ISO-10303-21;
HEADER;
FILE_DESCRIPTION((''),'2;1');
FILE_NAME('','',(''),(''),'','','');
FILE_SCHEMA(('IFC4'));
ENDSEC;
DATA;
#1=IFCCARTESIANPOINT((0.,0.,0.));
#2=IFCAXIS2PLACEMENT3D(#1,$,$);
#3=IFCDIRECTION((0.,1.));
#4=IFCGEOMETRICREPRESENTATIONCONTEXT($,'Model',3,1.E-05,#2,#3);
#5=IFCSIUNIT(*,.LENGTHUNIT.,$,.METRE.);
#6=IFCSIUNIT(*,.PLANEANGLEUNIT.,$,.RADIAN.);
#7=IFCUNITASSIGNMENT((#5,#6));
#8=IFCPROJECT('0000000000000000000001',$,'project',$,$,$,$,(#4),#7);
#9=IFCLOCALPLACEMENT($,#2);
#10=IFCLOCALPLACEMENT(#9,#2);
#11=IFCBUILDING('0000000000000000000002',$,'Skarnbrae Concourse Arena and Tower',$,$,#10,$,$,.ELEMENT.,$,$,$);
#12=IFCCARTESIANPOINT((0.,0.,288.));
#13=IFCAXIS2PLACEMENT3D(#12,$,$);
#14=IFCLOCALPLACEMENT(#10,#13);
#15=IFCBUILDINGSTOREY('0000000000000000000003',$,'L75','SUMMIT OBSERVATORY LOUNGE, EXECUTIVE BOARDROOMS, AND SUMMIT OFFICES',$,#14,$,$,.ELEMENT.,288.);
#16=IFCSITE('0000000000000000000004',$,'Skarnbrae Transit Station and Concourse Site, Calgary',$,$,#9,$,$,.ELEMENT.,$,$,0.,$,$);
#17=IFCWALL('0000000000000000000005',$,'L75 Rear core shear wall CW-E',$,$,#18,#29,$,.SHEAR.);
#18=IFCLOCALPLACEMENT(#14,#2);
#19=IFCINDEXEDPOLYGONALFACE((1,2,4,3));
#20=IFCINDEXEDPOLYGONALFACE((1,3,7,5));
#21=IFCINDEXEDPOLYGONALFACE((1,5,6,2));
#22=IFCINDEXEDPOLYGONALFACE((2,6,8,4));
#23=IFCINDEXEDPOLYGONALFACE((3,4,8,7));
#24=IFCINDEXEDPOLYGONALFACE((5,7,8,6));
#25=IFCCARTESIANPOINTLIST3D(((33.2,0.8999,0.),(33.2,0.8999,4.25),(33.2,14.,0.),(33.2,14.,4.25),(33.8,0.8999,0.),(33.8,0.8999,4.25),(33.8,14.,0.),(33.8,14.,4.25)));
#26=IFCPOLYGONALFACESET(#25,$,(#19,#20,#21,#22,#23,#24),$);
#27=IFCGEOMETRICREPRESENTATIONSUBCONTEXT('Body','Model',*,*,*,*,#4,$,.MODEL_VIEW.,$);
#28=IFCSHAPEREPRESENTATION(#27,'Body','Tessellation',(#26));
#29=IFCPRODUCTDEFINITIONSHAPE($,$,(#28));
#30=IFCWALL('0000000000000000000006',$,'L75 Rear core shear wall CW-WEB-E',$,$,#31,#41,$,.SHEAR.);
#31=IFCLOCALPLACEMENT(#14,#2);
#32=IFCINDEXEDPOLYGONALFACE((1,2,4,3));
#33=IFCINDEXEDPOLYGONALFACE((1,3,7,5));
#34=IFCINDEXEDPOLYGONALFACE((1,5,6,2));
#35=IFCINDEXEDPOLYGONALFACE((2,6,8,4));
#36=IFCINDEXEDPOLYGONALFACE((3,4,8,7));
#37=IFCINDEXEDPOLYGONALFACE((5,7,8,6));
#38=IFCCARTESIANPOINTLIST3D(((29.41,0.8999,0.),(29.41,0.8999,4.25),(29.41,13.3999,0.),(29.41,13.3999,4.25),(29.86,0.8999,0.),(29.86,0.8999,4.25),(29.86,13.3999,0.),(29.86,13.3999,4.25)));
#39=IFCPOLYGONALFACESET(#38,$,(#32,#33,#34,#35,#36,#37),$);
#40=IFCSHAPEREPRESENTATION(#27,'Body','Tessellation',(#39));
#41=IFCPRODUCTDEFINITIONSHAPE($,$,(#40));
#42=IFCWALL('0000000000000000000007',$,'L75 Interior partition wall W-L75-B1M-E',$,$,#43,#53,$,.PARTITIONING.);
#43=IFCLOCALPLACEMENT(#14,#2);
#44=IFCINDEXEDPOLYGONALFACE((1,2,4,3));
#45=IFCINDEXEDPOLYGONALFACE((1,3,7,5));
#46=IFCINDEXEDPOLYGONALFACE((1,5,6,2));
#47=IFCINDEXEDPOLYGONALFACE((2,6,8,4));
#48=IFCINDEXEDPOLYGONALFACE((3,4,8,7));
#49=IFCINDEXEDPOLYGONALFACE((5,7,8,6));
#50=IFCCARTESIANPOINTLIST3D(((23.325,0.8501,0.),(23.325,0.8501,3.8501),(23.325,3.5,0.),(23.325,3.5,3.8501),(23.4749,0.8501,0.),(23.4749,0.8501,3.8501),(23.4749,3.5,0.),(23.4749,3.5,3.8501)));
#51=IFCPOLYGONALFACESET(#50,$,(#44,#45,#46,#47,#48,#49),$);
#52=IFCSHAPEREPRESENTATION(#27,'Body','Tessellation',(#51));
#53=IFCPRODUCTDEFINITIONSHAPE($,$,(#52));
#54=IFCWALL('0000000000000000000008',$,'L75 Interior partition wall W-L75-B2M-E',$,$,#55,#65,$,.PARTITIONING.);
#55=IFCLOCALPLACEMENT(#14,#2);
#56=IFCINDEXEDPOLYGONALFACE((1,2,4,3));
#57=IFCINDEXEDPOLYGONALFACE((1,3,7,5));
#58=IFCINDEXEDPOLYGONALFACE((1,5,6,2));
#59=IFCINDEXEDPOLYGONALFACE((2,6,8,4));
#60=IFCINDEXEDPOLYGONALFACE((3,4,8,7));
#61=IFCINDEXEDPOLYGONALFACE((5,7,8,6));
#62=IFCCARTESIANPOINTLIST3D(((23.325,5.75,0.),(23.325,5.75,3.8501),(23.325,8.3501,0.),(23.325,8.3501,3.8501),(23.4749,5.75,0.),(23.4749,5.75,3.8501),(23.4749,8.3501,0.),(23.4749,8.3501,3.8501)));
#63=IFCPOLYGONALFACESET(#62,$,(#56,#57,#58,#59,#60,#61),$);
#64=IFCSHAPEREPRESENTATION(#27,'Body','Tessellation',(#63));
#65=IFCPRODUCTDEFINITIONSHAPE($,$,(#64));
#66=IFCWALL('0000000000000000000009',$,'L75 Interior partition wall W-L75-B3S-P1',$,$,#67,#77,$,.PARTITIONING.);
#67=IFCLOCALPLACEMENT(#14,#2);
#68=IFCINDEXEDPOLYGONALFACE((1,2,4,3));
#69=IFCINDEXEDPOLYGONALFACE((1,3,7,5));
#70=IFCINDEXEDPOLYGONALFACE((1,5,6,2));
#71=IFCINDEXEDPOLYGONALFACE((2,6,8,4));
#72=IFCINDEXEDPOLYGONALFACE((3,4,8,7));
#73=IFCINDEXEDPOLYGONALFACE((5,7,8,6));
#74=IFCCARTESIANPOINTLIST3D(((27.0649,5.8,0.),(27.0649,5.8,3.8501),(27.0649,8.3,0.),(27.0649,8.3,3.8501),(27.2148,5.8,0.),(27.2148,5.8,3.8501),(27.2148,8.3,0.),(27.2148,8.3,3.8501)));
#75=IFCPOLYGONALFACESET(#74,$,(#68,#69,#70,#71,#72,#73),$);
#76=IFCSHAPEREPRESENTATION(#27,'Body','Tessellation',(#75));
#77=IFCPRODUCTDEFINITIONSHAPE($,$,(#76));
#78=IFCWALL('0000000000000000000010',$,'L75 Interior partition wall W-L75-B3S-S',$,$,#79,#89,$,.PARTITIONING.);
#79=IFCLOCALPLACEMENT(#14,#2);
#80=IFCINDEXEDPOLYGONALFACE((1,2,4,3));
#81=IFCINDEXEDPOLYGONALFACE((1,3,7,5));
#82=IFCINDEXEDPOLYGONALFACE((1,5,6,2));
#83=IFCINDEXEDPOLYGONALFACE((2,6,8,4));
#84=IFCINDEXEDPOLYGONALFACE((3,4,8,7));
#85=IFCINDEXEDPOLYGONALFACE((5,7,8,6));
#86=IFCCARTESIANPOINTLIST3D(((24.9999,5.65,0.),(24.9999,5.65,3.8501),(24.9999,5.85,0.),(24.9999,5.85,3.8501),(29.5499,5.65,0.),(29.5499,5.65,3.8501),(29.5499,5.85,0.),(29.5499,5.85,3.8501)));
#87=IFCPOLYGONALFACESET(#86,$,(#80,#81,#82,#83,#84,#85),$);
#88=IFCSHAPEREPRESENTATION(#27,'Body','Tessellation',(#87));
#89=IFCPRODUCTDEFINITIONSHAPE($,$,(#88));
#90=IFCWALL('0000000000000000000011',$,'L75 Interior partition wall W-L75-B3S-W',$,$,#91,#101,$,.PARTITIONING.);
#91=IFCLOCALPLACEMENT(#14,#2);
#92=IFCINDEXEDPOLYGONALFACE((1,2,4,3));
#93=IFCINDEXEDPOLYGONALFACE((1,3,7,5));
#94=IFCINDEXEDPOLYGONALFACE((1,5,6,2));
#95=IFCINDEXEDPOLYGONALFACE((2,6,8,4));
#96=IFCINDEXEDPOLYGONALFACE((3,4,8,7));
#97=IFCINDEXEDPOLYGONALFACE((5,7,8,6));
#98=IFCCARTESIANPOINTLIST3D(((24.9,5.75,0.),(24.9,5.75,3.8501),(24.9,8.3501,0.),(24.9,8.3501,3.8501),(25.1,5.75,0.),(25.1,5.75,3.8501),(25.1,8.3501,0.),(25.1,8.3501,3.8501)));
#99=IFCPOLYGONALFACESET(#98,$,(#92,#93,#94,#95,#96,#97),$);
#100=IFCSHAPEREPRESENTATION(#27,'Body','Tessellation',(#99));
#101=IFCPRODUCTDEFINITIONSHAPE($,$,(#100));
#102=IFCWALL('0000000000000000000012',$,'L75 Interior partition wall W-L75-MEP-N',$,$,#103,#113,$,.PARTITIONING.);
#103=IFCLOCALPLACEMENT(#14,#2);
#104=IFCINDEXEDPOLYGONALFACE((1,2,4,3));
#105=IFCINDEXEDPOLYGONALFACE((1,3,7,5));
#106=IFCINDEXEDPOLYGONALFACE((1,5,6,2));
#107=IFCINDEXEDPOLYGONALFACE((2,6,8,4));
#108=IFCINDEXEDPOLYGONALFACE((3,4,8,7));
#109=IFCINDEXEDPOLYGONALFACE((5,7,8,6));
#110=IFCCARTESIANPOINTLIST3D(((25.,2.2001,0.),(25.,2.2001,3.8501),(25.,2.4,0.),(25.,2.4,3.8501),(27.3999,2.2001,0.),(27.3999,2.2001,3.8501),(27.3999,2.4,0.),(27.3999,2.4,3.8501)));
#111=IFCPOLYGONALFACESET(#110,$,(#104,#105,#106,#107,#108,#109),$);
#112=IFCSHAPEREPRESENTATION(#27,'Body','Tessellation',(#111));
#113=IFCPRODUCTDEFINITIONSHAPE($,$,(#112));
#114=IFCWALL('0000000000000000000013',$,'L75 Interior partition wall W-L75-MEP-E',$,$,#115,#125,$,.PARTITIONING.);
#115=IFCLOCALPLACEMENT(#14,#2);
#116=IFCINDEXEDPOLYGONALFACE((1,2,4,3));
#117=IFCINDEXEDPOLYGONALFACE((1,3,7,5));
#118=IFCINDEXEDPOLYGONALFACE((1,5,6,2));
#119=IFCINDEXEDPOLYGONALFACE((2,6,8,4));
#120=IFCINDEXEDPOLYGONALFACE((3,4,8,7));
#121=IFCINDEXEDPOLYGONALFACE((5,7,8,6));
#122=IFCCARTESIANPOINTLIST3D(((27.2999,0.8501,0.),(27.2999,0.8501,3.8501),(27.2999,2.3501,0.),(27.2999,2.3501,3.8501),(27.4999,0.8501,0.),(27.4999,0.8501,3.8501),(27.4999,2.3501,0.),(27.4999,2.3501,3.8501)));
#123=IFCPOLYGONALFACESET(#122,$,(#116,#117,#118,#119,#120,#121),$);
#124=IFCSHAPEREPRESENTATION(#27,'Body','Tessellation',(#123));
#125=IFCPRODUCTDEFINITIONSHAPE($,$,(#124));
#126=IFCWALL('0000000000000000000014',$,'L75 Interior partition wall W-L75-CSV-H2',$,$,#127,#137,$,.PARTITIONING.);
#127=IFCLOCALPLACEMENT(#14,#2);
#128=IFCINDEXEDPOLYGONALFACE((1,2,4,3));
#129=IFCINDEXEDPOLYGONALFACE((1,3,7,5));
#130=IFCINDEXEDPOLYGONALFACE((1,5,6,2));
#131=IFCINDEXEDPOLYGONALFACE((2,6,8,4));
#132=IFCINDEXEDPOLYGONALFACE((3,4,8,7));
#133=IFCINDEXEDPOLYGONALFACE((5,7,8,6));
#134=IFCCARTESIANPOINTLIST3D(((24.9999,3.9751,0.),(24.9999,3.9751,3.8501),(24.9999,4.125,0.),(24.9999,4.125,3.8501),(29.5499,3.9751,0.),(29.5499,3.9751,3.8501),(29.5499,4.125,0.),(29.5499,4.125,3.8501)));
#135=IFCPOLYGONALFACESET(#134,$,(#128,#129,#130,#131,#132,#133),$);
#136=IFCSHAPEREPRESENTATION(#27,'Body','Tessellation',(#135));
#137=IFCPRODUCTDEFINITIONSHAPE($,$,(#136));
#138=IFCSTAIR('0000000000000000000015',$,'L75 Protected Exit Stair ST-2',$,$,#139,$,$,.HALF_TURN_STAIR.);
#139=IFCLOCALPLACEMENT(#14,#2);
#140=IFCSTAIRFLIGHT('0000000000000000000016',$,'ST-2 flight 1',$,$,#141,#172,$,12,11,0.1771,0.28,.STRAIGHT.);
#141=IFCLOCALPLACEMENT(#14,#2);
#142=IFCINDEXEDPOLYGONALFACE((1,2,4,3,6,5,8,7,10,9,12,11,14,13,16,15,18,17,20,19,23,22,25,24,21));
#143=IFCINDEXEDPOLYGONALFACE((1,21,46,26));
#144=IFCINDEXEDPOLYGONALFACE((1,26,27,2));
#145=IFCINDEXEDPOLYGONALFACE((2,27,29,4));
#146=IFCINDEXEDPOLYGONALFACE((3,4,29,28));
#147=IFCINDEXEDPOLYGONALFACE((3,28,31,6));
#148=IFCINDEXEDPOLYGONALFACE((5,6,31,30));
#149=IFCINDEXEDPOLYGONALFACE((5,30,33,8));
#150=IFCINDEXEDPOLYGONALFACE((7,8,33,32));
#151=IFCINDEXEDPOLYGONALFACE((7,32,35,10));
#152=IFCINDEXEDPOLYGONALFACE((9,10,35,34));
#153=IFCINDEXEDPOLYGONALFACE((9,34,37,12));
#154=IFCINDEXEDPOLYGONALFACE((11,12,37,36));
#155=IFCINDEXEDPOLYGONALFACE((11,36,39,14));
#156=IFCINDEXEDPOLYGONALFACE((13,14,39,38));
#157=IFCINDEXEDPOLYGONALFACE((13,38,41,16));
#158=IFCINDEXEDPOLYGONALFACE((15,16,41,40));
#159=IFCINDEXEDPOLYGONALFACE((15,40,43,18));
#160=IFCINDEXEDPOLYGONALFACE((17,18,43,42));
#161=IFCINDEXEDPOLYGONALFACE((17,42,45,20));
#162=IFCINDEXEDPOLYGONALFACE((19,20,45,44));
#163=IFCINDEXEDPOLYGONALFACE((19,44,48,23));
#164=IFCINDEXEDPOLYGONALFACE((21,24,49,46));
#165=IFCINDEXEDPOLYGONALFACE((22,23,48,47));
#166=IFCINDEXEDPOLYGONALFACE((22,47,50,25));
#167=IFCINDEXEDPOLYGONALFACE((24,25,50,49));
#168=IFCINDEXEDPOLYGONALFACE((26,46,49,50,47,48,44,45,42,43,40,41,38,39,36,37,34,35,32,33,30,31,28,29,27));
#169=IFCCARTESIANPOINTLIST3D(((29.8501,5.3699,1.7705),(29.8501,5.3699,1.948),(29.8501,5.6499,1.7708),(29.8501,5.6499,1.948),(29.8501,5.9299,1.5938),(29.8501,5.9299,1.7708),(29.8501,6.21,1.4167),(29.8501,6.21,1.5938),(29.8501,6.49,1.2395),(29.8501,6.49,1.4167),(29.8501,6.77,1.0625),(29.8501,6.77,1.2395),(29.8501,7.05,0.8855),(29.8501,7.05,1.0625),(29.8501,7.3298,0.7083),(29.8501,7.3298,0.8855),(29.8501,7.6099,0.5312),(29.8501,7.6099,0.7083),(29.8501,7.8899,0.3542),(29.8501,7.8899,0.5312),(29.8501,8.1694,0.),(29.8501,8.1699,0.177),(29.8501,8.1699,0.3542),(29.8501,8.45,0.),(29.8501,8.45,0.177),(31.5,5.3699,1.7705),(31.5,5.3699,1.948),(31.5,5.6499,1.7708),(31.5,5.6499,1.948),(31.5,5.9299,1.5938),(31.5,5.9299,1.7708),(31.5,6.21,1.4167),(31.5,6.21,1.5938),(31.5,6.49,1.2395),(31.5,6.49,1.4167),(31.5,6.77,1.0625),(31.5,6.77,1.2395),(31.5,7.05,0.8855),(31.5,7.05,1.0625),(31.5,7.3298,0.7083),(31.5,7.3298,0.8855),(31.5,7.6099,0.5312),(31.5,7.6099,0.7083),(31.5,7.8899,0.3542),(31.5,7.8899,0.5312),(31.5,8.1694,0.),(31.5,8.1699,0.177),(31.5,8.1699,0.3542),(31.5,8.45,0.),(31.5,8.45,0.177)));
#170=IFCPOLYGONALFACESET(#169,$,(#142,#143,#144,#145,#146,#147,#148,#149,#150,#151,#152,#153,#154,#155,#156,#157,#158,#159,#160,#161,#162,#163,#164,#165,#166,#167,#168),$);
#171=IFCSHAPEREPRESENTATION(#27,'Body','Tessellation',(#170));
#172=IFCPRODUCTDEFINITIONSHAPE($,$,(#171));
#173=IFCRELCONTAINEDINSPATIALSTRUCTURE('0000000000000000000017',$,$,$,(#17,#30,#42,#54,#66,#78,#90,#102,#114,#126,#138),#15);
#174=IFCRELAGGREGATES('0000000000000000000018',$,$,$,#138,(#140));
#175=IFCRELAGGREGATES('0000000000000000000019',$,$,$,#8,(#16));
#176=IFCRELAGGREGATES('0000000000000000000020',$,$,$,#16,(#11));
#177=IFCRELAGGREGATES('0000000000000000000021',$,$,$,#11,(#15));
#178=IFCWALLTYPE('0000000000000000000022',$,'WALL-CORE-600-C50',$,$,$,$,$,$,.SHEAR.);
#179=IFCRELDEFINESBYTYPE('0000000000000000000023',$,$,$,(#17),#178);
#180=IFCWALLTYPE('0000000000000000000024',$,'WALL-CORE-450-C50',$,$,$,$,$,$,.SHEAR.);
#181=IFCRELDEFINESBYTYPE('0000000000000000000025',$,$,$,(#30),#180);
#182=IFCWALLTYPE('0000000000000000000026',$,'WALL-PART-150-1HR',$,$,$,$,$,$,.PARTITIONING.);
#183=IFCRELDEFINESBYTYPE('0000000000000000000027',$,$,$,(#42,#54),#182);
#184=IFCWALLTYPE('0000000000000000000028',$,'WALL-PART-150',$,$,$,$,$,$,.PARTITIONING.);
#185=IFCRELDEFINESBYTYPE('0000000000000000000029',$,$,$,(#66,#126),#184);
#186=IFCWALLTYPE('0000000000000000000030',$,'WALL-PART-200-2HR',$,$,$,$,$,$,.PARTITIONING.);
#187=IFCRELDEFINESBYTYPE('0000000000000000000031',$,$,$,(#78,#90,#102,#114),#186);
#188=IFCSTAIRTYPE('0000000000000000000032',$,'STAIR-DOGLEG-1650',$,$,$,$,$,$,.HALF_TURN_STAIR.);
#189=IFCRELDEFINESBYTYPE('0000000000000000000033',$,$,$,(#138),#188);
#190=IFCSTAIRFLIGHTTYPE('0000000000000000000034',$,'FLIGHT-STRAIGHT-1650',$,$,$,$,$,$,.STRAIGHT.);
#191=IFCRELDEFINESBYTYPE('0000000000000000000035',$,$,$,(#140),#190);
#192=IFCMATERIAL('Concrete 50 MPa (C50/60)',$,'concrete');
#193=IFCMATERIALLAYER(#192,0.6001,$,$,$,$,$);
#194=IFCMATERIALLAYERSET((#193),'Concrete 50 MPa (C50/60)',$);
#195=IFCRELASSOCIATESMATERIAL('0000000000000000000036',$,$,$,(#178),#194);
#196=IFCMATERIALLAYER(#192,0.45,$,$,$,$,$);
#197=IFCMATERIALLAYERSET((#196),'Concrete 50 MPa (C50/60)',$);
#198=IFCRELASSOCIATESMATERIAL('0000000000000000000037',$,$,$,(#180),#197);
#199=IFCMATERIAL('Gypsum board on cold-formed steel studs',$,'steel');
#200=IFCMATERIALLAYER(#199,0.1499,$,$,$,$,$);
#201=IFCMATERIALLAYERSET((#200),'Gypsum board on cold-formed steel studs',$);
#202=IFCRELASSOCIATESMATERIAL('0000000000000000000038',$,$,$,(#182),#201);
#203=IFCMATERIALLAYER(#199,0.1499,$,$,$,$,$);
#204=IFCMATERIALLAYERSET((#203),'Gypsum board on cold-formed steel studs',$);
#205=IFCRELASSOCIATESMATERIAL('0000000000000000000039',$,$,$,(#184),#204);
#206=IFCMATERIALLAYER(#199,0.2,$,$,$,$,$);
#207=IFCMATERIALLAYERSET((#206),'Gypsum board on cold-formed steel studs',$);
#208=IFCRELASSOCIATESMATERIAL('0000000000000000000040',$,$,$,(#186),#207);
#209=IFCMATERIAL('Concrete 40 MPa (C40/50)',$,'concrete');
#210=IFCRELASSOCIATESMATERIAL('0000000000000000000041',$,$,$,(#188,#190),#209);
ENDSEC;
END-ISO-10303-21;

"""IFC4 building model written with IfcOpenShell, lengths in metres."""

from ifc_helpers import new_model, si_unit, direction, frame, frame_2d, origin, place, context, subcontext, project, spatial, polyline, rectangle, outline, extrude, source, transform, mapped, material, layer, layer_set, type_object, element, aggregate, save


model = new_model("IFC4")

# Units and contexts
model_context = context("Model", 3, precision=1e-05, world=origin(), true_north=direction((0.0, 1.0)))
body_context = subcontext(model_context, "Body", "Model", "MODEL_VIEW")
ifc_project = project(units=[si_unit("LENGTHUNIT", "METRE"), si_unit("PLANEANGLEUNIT", "RADIAN")], contexts=[model_context])

# Site, building, storey
site_placement = place(None, origin())
site = spatial("IfcSite", under=ifc_project, at=site_placement, Name="Skarnbrae Transit Station and Concourse Site, Calgary", CompositionType="ELEMENT", RefElevation=0.0)
building_placement = place(site_placement, origin())
building = spatial("IfcBuilding", under=site, at=building_placement, Name="Skarnbrae Concourse Arena and Tower", CompositionType="ELEMENT")
storey_placement = place(building_placement, frame((0.0, 0.0, 288.0)))
storey = spatial("IfcBuildingStorey", under=building, at=storey_placement, Name="L75", Description="SUMMIT OBSERVATORY LOUNGE, EXECUTIVE BOARDROOMS, AND SUMMIT OFFICES", CompositionType="ELEMENT", Elevation=288.0)

# Walls
ifc_material_1 = material(Name="Concrete 50 MPa (C50/60)", Category="concrete")
ifc_layer_1 = layer(ifc_material_1, 0.6001)
ifc_layer_set_1 = layer_set([ifc_layer_1], Name="Concrete 50 MPa (C50/60)")
wall_type_1 = type_object("IfcWallType", Name="WALL-CORE-600-C50", PredefinedType="SHEAR", material=ifc_layer_set_1)
shared_shape_1 = source(origin(), body_context, "Body", "SweptSolid", [
    extrude(rectangle(XDim=13.1001, YDim=0.6001, at=frame_2d((6.55, 0.0))), origin(), (0.0, 0.0, 1.0), 4.25),
])
wall_1_placement = place(storey_placement, frame((33.5, 0.8999, 0.0), z_axis=(0.0, 0.0, 1.0), x_axis=(0.0, 1.0, 0.0)))
element("IfcWall", 1, at=wall_1_placement, inside=storey, type_object=wall_type_1, Name="L75 Rear core shear wall CW-E", PredefinedType="SHEAR", context=body_context, shape_type="MappedRepresentation", body=[
    mapped(shared_shape_1, transform((0.0, 0.0, 0.0))),
])
ifc_layer_2 = layer(ifc_material_1, 0.45)
ifc_layer_set_2 = layer_set([ifc_layer_2], Name="Concrete 50 MPa (C50/60)")
wall_type_2 = type_object("IfcWallType", Name="WALL-CORE-450-C50", PredefinedType="SHEAR", material=ifc_layer_set_2)
shared_shape_2 = source(origin(), body_context, "Body", "SweptSolid", [
    extrude(rectangle(XDim=12.5, YDim=0.45, at=frame_2d((6.25, 0.0))), origin(), (0.0, 0.0, 1.0), 4.25),
])
wall_2_placement = place(storey_placement, frame((29.635, 0.8999, 0.0), z_axis=(0.0, 0.0, 1.0), x_axis=(0.0, 1.0, 0.0)))
element("IfcWall", 2, at=wall_2_placement, inside=storey, type_object=wall_type_2, Name="L75 Rear core shear wall CW-WEB-E", PredefinedType="SHEAR", context=body_context, shape_type="MappedRepresentation", body=[
    mapped(shared_shape_2, transform((0.0, 0.0, 0.0))),
])
ifc_material_2 = material(Name="Gypsum board on cold-formed steel studs", Category="steel")
ifc_layer_3 = layer(ifc_material_2, 0.1499)
ifc_layer_set_3 = layer_set([ifc_layer_3], Name="Gypsum board on cold-formed steel studs")
wall_type_3 = type_object("IfcWallType", Name="WALL-PART-150-1HR", PredefinedType="PARTITIONING", material=ifc_layer_set_3)
shared_shape_3 = source(origin(), body_context, "Body", "SweptSolid", [
    extrude(rectangle(XDim=2.6499, YDim=0.1499, at=frame_2d((1.325, 0.0))), origin(), (0.0, 0.0, 1.0), 3.8501),
])
wall_3_placement = place(storey_placement, frame((23.3999, 0.8501, 0.0), z_axis=(0.0, 0.0, 1.0), x_axis=(0.0, 1.0, 0.0)))
element("IfcWall", 3, at=wall_3_placement, inside=storey, type_object=wall_type_3, Name="L75 Interior partition wall W-L75-B1M-E", PredefinedType="PARTITIONING", context=body_context, shape_type="MappedRepresentation", body=[
    mapped(shared_shape_3, transform((0.0, 0.0, 0.0))),
])
shared_shape_4 = source(origin(), body_context, "Body", "SweptSolid", [
    extrude(rectangle(XDim=2.6001, YDim=0.1499, at=frame_2d((1.3, 0.0))), origin(), (0.0, 0.0, 1.0), 3.8501),
])
wall_4_placement = place(storey_placement, frame((23.3999, 5.75, 0.0), z_axis=(0.0, 0.0, 1.0), x_axis=(0.0, 1.0, 0.0)))
element("IfcWall", 4, at=wall_4_placement, inside=storey, type_object=wall_type_3, Name="L75 Interior partition wall W-L75-B2M-E", PredefinedType="PARTITIONING", context=body_context, shape_type="MappedRepresentation", body=[
    mapped(shared_shape_4, transform((0.0, 0.0, 0.0))),
])
ifc_layer_4 = layer(ifc_material_2, 0.1499)
ifc_layer_set_4 = layer_set([ifc_layer_4], Name="Gypsum board on cold-formed steel studs")
wall_type_4 = type_object("IfcWallType", Name="WALL-PART-150", PredefinedType="PARTITIONING", material=ifc_layer_set_4)
shared_shape_5 = source(origin(), body_context, "Body", "SweptSolid", [
    extrude(rectangle(XDim=2.5, YDim=0.1499, at=frame_2d((1.25, 0.0))), origin(), (0.0, 0.0, 1.0), 3.8501),
])
wall_5_placement = place(storey_placement, frame((27.1399, 5.8, 0.0), z_axis=(0.0, 0.0, 1.0), x_axis=(0.0, 1.0, 0.0)))
element("IfcWall", 5, at=wall_5_placement, inside=storey, type_object=wall_type_4, Name="L75 Interior partition wall W-L75-B3S-P1", PredefinedType="PARTITIONING", context=body_context, shape_type="MappedRepresentation", body=[
    mapped(shared_shape_5, transform((0.0, 0.0, 0.0))),
])

# Shared definitions
ifc_layer_5 = layer(ifc_material_2, 0.2)
ifc_layer_set_5 = layer_set([ifc_layer_5], Name="Gypsum board on cold-formed steel studs")
wall_type_5 = type_object("IfcWallType", Name="WALL-PART-200-2HR", PredefinedType="PARTITIONING", material=ifc_layer_set_5)
shared_shape_6 = source(origin(), body_context, "Body", "SweptSolid", [
    extrude(rectangle(XDim=4.55, YDim=0.2, at=frame_2d((2.2749, 0.0))), origin(), (0.0, 0.0, 1.0), 3.8501),
])

# Walls
wall_6_placement = place(storey_placement, frame((25.0, 5.75, 0.0), z_axis=(0.0, 0.0, 1.0), x_axis=(1.0, 0.0, 0.0)))
element("IfcWall", 6, at=wall_6_placement, inside=storey, type_object=wall_type_5, Name="L75 Interior partition wall W-L75-B3S-S", PredefinedType="PARTITIONING", context=body_context, shape_type="MappedRepresentation", body=[
    mapped(shared_shape_6, transform((0.0, 0.0, 0.0))),
])
shared_shape_7 = source(origin(), body_context, "Body", "SweptSolid", [
    extrude(rectangle(XDim=2.6001, YDim=0.2, at=frame_2d((1.3, 0.0))), origin(), (0.0, 0.0, 1.0), 3.8501),
])
wall_7_placement = place(storey_placement, frame((25.0, 5.75, 0.0), z_axis=(0.0, 0.0, 1.0), x_axis=(0.0, 1.0, 0.0)))
element("IfcWall", 7, at=wall_7_placement, inside=storey, type_object=wall_type_5, Name="L75 Interior partition wall W-L75-B3S-W", PredefinedType="PARTITIONING", context=body_context, shape_type="MappedRepresentation", body=[
    mapped(shared_shape_7, transform((0.0, 0.0, 0.0))),
])

# Walls
shared_shape_8 = source(origin(), body_context, "Body", "SweptSolid", [
    extrude(rectangle(XDim=2.3999, YDim=0.2, at=frame_2d((1.2, 0.0))), origin(), (0.0, 0.0, 1.0), 3.8501),
])
wall_8_placement = place(storey_placement, frame((25.0, 2.3, 0.0), z_axis=(0.0, 0.0, 1.0), x_axis=(1.0, 0.0, 0.0)))
element("IfcWall", 8, at=wall_8_placement, inside=storey, type_object=wall_type_5, Name="L75 Interior partition wall W-L75-MEP-N", PredefinedType="PARTITIONING", context=body_context, shape_type="MappedRepresentation", body=[
    mapped(shared_shape_8, transform((0.0, 0.0, 0.0))),
])
shared_shape_9 = source(origin(), body_context, "Body", "SweptSolid", [
    extrude(rectangle(XDim=1.5, YDim=0.2, at=frame_2d((0.75, 0.0))), origin(), (0.0, 0.0, 1.0), 3.8501),
])
wall_9_placement = place(storey_placement, frame((27.3999, 0.8501, 0.0), z_axis=(0.0, 0.0, 1.0), x_axis=(0.0, 1.0, 0.0)))
element("IfcWall", 9, at=wall_9_placement, inside=storey, type_object=wall_type_5, Name="L75 Interior partition wall W-L75-MEP-E", PredefinedType="PARTITIONING", context=body_context, shape_type="MappedRepresentation", body=[
    mapped(shared_shape_9, transform((0.0, 0.0, 0.0))),
])
shared_shape_10 = source(origin(), body_context, "Body", "SweptSolid", [
    extrude(rectangle(XDim=4.55, YDim=0.1499, at=frame_2d((2.2749, 0.0))), origin(), (0.0, 0.0, 1.0), 3.8501),
])
wall_10_placement = place(storey_placement, frame((25.0, 4.05, 0.0), z_axis=(0.0, 0.0, 1.0), x_axis=(1.0, 0.0, 0.0)))
element("IfcWall", 10, at=wall_10_placement, inside=storey, type_object=wall_type_4, Name="L75 Interior partition wall W-L75-CSV-H2", PredefinedType="PARTITIONING", context=body_context, shape_type="MappedRepresentation", body=[
    mapped(shared_shape_10, transform((0.0, 0.0, 0.0))),
])

# Stair, stair flight
ifc_material_3 = material(Name="Concrete 40 MPa (C40/50)", Category="concrete")
stair_type = type_object("IfcStairType", Name="STAIR-DOGLEG-1650", PredefinedType="HALF_TURN_STAIR", material=ifc_material_3)
stair_placement = place(storey_placement, origin())
stair = element("IfcStair", 11, at=stair_placement, inside=storey, type_object=stair_type, Name="L75 Protected Exit Stair ST-2", PredefinedType="HALF_TURN_STAIR")
stair_flight_type = type_object("IfcStairFlightType", Name="FLIGHT-STRAIGHT-1650", PredefinedType="STRAIGHT", material=ifc_material_3)
shared_shape_11 = source(origin(), body_context, "Body", "SweptSolid", [
    extrude(outline(polyline([(0.0, 0.0), (0.0, 0.177), (0.28, 0.177), (0.28, 0.3542), (0.5601, 0.3542), (0.5601, 0.5312), (0.8401, 0.5312), (0.8401, 0.7083), (1.1201, 0.7083), (1.1201, 0.8855), (1.3999, 0.8855), (1.3999, 1.0625), (1.6799, 1.0625), (1.6799, 1.2395), (1.96, 1.2395), (1.96, 1.4167), (2.24, 1.4167), (2.24, 1.5938), (2.52, 1.5938), (2.52, 1.7708), (2.8, 1.7708), (2.8, 1.948), (3.0801, 1.948), (3.0801, 2.125), (3.0801, 1.7705), (0.2805, 0.0), (0.0, 0.0)])), frame((0.0, 0.825, 0.0), z_axis=(0.0, -1.0, 0.0), x_axis=(1.0, 0.0, 0.0)), (0.0, 0.0, 1.0), 1.6499),
])
stair_flight_1_placement = place(storey_placement, frame((30.675, 8.45, 0.0), z_axis=(0.0, 0.0, 1.0), x_axis=(0.0, -1.0, 0.0)))
stair_flight_1 = element("IfcStairFlight", 12, at=stair_flight_1_placement, type_object=stair_flight_type, Name="ST-2 flight 1", NumberOfRisers=12, NumberOfTreads=11, PredefinedType="STRAIGHT", RiserHeight=0.1771, TreadLength=0.28, context=body_context, shape_type="MappedRepresentation", body=[
    mapped(shared_shape_11, transform((0.0, 0.0, 0.0))),
])
aggregate(stair, [stair_flight_1])

save(model, "model.ifc")
